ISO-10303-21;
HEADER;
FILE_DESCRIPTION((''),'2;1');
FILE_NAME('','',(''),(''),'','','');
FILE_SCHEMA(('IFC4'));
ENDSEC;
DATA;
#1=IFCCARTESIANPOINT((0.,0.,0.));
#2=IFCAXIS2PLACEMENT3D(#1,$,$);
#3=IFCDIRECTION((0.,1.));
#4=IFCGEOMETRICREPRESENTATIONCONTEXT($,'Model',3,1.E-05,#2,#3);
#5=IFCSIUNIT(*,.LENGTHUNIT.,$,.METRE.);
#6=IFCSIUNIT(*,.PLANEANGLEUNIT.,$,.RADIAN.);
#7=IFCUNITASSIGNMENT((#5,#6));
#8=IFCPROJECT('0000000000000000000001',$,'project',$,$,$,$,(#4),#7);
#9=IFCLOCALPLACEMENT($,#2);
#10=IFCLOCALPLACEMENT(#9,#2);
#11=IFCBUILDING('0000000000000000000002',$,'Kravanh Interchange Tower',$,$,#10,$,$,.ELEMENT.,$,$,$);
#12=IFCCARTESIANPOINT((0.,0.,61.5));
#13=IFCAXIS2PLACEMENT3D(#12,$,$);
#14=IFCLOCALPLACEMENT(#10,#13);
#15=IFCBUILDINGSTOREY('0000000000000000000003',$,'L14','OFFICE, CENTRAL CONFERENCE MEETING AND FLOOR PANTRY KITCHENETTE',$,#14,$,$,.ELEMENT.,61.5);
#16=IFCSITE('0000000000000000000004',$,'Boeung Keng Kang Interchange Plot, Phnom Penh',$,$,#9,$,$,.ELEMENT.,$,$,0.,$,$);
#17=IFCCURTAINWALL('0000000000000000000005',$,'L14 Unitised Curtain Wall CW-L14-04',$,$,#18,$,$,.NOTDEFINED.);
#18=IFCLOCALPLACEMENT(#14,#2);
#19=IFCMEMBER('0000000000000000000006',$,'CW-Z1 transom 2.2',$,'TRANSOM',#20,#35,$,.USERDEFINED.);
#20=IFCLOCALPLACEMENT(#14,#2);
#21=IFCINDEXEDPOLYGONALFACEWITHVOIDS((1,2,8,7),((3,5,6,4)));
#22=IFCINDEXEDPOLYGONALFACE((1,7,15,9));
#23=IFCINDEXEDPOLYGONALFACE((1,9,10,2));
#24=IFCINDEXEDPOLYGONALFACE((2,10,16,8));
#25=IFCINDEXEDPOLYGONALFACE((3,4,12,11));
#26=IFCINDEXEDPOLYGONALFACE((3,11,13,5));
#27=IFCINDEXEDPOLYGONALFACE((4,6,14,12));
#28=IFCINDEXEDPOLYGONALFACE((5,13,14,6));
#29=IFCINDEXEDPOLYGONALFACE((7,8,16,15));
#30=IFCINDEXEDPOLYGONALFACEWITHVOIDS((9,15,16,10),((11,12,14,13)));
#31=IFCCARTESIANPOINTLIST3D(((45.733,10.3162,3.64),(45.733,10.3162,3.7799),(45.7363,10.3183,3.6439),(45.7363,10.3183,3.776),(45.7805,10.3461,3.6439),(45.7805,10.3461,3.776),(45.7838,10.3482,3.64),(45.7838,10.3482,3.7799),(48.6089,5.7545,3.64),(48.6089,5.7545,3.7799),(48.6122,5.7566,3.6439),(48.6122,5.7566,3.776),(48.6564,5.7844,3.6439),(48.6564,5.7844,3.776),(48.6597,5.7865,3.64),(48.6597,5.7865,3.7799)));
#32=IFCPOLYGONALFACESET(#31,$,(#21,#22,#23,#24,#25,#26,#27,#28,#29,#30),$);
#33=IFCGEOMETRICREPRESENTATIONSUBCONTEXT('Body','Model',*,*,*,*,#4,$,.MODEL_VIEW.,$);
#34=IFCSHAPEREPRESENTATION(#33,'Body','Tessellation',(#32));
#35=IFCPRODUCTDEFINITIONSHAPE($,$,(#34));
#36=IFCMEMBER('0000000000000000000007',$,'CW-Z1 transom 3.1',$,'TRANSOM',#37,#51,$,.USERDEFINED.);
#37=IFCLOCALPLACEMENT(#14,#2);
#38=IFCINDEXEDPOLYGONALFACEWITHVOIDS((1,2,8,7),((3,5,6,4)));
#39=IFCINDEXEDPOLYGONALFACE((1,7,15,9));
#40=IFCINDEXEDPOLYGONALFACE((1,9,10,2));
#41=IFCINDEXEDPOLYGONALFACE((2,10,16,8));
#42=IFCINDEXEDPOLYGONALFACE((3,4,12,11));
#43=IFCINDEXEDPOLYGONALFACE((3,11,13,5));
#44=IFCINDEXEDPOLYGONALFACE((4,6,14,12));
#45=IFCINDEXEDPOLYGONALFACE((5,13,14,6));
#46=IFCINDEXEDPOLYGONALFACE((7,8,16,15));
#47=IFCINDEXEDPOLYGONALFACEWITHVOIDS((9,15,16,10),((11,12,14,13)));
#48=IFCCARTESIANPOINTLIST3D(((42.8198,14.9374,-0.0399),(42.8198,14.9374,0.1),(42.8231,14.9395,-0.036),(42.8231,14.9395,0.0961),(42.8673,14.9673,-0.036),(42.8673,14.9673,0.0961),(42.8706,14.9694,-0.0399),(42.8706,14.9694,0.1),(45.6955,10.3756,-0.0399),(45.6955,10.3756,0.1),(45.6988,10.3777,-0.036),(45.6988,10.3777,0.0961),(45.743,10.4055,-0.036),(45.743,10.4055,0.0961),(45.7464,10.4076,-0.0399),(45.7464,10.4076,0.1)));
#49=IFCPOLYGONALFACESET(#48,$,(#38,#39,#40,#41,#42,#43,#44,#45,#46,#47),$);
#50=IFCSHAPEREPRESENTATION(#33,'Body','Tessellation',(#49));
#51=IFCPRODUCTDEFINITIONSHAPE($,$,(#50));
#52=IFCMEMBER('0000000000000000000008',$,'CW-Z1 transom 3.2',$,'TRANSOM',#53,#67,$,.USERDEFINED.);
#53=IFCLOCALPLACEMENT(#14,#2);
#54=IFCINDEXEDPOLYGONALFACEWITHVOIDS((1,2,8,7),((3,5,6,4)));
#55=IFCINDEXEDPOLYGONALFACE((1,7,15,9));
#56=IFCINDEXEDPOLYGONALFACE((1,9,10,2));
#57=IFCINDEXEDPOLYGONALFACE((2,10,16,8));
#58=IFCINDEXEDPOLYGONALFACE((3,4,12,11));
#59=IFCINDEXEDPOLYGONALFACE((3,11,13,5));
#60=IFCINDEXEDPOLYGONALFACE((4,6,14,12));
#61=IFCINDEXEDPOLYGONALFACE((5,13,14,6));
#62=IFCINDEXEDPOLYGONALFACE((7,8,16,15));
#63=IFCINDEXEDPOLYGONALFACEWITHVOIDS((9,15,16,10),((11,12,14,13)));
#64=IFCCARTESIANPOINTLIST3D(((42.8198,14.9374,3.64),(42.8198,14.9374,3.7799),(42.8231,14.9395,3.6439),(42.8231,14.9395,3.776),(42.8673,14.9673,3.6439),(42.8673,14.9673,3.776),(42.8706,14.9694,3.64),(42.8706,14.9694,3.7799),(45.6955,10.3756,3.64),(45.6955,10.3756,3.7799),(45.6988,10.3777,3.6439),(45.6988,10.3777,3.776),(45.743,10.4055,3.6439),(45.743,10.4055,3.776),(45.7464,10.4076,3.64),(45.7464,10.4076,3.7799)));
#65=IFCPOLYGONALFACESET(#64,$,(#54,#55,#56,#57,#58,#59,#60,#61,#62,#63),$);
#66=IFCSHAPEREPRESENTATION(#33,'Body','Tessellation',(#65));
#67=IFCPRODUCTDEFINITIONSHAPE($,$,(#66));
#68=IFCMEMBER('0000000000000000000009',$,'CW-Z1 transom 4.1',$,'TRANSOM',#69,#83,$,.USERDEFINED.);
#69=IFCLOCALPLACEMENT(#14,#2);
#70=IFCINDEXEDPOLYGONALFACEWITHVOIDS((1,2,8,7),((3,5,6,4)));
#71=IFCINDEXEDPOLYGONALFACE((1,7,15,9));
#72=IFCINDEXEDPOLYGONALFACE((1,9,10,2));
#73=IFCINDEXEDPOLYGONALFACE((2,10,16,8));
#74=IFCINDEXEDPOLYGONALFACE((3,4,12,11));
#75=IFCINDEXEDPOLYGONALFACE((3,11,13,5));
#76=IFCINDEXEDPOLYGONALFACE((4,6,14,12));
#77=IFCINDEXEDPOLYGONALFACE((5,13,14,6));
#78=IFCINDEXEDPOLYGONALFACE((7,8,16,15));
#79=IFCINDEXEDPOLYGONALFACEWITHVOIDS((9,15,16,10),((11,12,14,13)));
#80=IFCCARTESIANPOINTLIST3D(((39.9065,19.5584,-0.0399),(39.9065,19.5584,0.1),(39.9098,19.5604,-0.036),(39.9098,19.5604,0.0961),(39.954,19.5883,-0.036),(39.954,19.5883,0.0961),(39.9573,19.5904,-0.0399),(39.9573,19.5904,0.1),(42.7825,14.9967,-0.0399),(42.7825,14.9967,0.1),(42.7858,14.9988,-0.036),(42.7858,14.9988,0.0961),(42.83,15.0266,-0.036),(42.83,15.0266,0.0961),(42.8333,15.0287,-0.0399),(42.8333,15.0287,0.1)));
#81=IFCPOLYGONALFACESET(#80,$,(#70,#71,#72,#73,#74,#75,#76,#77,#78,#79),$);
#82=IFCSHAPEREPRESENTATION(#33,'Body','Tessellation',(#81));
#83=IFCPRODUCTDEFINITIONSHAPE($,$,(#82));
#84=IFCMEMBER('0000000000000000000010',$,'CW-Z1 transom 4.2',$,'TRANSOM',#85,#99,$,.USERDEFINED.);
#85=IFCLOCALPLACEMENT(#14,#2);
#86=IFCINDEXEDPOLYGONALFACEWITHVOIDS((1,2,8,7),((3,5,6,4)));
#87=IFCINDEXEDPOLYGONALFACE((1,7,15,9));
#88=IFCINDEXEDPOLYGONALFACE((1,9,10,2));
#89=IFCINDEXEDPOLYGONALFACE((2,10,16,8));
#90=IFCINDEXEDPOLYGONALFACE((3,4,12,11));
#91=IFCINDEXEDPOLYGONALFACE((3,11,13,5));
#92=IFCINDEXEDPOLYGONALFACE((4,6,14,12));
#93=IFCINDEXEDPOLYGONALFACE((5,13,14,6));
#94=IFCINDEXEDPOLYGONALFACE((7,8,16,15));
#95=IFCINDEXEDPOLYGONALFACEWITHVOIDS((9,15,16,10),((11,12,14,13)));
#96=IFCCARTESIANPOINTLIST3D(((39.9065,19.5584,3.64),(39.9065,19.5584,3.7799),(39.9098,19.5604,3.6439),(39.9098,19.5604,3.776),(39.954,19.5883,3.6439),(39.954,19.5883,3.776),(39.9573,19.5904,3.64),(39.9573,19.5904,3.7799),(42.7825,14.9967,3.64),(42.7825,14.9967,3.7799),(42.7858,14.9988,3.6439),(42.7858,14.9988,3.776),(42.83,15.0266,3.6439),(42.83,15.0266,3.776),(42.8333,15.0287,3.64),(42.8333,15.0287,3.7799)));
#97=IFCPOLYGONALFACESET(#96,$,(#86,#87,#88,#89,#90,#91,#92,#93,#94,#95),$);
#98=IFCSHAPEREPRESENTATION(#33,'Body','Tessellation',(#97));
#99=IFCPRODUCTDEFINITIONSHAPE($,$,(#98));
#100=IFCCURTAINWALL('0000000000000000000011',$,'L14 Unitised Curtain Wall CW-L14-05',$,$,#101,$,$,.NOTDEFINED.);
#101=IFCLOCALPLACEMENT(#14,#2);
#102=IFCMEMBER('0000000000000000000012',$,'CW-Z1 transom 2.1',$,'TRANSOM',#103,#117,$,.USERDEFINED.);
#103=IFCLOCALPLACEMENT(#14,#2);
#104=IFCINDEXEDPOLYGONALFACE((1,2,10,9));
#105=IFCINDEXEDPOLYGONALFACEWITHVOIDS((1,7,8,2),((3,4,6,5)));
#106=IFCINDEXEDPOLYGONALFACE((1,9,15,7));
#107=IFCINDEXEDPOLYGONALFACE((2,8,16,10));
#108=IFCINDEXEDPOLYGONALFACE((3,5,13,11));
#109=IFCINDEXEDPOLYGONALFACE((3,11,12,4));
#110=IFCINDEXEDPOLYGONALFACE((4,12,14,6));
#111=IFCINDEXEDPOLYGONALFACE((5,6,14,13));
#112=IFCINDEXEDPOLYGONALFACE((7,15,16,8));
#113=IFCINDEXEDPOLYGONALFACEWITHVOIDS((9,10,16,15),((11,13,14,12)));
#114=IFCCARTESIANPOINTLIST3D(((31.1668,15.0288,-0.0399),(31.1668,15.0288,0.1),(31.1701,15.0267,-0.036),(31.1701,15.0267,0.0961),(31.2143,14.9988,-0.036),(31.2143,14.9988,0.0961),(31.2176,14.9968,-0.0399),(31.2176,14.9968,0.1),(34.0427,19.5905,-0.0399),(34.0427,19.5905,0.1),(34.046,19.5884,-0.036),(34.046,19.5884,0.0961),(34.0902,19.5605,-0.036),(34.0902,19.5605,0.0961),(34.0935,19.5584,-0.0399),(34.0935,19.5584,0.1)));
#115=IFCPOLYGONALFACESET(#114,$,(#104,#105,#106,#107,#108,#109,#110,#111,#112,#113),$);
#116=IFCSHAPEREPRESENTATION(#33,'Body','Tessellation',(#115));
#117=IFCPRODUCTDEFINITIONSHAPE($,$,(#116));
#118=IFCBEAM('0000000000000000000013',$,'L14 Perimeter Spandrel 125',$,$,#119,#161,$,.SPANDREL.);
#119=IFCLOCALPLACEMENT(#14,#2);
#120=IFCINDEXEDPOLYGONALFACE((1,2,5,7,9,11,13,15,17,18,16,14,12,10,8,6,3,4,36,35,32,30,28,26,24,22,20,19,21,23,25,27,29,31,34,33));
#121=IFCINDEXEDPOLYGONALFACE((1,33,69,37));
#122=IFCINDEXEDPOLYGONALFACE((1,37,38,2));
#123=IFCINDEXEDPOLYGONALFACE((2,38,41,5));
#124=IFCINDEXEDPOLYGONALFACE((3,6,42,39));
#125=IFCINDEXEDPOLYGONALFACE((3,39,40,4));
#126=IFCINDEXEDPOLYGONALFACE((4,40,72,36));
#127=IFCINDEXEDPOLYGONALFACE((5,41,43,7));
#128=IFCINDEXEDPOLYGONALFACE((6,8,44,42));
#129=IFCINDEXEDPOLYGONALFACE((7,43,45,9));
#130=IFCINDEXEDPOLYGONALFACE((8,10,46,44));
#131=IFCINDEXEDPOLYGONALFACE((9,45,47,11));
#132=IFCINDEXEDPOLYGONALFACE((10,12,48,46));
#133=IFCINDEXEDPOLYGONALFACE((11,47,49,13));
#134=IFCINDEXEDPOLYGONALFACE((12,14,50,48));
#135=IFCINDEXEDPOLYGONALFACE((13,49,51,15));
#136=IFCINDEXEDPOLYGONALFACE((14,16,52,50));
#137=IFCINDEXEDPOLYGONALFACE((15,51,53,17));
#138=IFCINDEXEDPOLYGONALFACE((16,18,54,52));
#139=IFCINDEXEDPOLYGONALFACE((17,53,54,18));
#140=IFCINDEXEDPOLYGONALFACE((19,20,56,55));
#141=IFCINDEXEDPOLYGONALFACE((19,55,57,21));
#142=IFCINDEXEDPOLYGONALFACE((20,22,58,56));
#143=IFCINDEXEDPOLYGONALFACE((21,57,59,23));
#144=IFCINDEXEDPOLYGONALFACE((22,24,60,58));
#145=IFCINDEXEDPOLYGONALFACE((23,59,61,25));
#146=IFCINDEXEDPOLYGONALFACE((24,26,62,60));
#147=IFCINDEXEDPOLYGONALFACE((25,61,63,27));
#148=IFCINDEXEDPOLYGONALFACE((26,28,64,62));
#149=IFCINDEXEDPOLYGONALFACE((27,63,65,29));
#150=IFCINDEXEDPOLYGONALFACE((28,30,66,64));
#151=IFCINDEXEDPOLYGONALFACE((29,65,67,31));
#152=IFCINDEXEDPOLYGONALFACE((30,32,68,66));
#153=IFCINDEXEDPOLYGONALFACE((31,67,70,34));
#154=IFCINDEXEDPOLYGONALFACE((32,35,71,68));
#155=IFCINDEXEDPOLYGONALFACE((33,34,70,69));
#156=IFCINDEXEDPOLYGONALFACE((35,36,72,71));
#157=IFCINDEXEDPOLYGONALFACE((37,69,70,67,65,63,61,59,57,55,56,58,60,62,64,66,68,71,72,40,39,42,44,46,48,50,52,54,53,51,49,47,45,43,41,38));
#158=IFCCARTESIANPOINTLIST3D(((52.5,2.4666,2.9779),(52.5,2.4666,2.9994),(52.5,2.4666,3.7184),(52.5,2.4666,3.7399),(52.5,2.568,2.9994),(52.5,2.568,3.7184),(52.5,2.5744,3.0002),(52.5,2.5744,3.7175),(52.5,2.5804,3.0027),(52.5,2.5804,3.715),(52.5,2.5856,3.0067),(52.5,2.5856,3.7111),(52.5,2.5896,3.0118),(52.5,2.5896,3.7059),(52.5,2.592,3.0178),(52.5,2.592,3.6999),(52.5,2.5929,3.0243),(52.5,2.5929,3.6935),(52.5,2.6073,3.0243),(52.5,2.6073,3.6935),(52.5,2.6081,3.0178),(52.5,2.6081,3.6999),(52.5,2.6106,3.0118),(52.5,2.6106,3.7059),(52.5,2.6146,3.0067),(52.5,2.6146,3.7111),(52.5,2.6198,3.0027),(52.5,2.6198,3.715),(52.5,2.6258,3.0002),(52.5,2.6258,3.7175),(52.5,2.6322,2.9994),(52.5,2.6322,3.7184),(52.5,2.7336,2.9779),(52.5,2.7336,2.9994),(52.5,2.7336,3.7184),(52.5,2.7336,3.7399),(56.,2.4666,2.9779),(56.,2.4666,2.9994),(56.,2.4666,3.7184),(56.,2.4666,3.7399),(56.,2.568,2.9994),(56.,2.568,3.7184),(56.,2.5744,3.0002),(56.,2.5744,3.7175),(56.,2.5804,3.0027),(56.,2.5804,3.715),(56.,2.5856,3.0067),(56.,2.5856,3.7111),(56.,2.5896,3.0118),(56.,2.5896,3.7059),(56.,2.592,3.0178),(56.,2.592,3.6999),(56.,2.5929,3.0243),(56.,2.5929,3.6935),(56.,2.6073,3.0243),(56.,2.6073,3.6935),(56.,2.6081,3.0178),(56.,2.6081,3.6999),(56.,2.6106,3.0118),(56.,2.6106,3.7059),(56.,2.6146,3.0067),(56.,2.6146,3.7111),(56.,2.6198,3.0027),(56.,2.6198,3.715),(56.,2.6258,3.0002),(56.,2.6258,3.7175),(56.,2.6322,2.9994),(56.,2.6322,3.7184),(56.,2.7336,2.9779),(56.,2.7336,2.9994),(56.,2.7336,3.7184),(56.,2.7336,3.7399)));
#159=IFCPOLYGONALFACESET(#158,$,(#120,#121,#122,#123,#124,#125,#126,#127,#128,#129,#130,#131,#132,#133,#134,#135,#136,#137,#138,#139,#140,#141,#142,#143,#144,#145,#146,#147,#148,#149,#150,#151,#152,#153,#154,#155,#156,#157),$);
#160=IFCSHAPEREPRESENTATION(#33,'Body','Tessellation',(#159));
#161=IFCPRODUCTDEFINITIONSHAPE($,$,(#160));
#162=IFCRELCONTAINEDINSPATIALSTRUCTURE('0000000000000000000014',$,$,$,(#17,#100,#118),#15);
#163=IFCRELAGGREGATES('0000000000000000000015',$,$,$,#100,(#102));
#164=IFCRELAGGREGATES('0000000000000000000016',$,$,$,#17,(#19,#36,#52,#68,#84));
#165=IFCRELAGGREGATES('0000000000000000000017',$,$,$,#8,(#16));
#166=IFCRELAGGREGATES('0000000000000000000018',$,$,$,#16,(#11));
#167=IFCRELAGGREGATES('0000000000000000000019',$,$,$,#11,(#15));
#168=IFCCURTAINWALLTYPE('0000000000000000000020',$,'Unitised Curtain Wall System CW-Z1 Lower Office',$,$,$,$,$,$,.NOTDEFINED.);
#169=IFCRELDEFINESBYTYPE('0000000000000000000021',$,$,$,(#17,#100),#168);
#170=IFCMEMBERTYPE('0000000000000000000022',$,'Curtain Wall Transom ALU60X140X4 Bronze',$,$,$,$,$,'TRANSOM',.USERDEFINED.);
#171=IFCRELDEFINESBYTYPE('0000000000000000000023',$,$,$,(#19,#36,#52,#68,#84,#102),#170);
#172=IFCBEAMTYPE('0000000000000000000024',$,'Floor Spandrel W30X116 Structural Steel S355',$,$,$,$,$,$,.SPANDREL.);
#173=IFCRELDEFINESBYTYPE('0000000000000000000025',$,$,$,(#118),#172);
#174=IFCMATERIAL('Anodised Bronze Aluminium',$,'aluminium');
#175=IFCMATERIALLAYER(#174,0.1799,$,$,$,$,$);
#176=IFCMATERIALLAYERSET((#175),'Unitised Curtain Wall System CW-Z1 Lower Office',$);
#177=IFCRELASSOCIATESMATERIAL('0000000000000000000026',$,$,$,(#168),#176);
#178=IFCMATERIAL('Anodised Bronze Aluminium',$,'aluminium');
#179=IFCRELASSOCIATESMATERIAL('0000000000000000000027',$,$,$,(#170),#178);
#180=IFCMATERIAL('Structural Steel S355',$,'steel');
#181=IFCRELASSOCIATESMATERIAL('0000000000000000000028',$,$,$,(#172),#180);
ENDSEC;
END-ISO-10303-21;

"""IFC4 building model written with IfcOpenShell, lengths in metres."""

from ifc_helpers import new_model, si_unit, direction, frame, origin, origin_2d, place, context, subcontext, project, spatial, hollow_rectangle, i_section, extrude, material, layer, layer_set, material_profile, profile_set, type_object, element, aggregate, save


model = new_model("IFC4")

# Units and contexts
model_context = context("Model", 3, precision=1e-05, world=origin(), true_north=direction((0.0, 1.0)))
body_context = subcontext(model_context, "Body", "Model", "MODEL_VIEW")
ifc_project = project(units=[si_unit("LENGTHUNIT", "METRE"), si_unit("PLANEANGLEUNIT", "RADIAN")], contexts=[model_context])

# Site, building, storey
site_placement = place(None, origin())
site = spatial("IfcSite", under=ifc_project, at=site_placement, Name="Boeung Keng Kang Interchange Plot, Phnom Penh", CompositionType="ELEMENT", RefElevation=0.0)
building_placement = place(site_placement, origin())
building = spatial("IfcBuilding", under=site, at=building_placement, Name="Kravanh Interchange Tower", CompositionType="ELEMENT")
storey_placement = place(building_placement, frame((0.0, 0.0, 61.5)))
storey = spatial("IfcBuildingStorey", under=building, at=storey_placement, Name="L14", Description="OFFICE, CENTRAL CONFERENCE MEETING AND FLOOR PANTRY KITCHENETTE", CompositionType="ELEMENT", Elevation=61.5)

# Shared definitions
ifc_material_1 = material(Name="Anodised Bronze Aluminium", Category="aluminium")
ifc_layer_1 = layer(ifc_material_1, 0.1799)
ifc_layer_set_1 = layer_set([ifc_layer_1], Name="Unitised Curtain Wall System CW-Z1 Lower Office")
curtain_wall_type = type_object("IfcCurtainWallType", Name="Unitised Curtain Wall System CW-Z1 Lower Office", PredefinedType="NOTDEFINED", material=ifc_layer_set_1)

# Curtain wall, members
curtain_wall_1_placement = place(storey_placement, origin())
curtain_wall_1 = element("IfcCurtainWall", 1, at=curtain_wall_1_placement, inside=storey, type_object=curtain_wall_type, Name="L14 Unitised Curtain Wall CW-L14-04", PredefinedType="NOTDEFINED")
ifc_material_2 = material(Name="Anodised Bronze Aluminium", Category="aluminium")
ifc_material_profile_1 = material_profile(ifc_material_2, hollow_rectangle(XDim=0.0601, YDim=0.1399, WallThickness=0.0039, at=origin_2d()), Name="ALU60X140X4")
ifc_profile_set_1 = profile_set([ifc_material_profile_1], Name="Anodised Bronze Aluminium")
member_type_1 = type_object("IfcMemberType", Name="Curtain Wall Transom ALU60X140X4 Bronze", ElementType="TRANSOM", PredefinedType="USERDEFINED", material=ifc_profile_set_1)
member_1_placement = place(storey_placement, frame((48.6343, 5.7705, 3.71), z_axis=(-0.533311, 0.845919, 0.0), x_axis=(-0.845919, -0.533311, 0.0)))
member_1 = element("IfcMember", 2, at=member_1_placement, type_object=member_type_1, Name="CW-Z1 transom 2.2", ObjectType="TRANSOM", PredefinedType="USERDEFINED", context=body_context, shape_type="SweptSolid", body=[
    extrude(hollow_rectangle(XDim=0.0601, YDim=0.1399, WallThickness=0.0039, at=origin_2d()), origin(), (0.0, 0.0, 1.0), 5.3926),
])
member_2_placement = place(storey_placement, frame((45.7209, 10.3916, 0.03), z_axis=(-0.533279, 0.845939, 0.0), x_axis=(-0.845939, -0.533279, 0.0)))
member_2 = element("IfcMember", 3, at=member_2_placement, type_object=member_type_1, Name="CW-Z1 transom 3.1", ObjectType="TRANSOM", PredefinedType="USERDEFINED", context=body_context, shape_type="SweptSolid", body=[
    extrude(hollow_rectangle(XDim=0.0601, YDim=0.1399, WallThickness=0.0039, at=origin_2d()), origin(), (0.0, 0.0, 1.0), 5.3926),
])
member_3_placement = place(storey_placement, frame((45.7209, 10.3916, 3.71), z_axis=(-0.533279, 0.845939, 0.0), x_axis=(-0.845939, -0.533279, 0.0)))
member_3 = element("IfcMember", 4, at=member_3_placement, type_object=member_type_1, Name="CW-Z1 transom 3.2", ObjectType="TRANSOM", PredefinedType="USERDEFINED", context=body_context, shape_type="SweptSolid", body=[
    extrude(hollow_rectangle(XDim=0.0601, YDim=0.1399, WallThickness=0.0039, at=origin_2d()), origin(), (0.0, 0.0, 1.0), 5.3926),
])
member_4_placement = place(storey_placement, frame((42.8079, 15.0127, 0.03), z_axis=(-0.533311, 0.845919, 0.0), x_axis=(-0.845919, -0.533311, 0.0)))
member_4 = element("IfcMember", 5, at=member_4_placement, type_object=member_type_1, Name="CW-Z1 transom 4.1", ObjectType="TRANSOM", PredefinedType="USERDEFINED", context=body_context, shape_type="SweptSolid", body=[
    extrude(hollow_rectangle(XDim=0.0601, YDim=0.1399, WallThickness=0.0039, at=origin_2d()), origin(), (0.0, 0.0, 1.0), 5.3926),
])
member_5_placement = place(storey_placement, frame((42.8079, 15.0127, 3.71), z_axis=(-0.533311, 0.845919, 0.0), x_axis=(-0.845919, -0.533311, 0.0)))
member_5 = element("IfcMember", 6, at=member_5_placement, type_object=member_type_1, Name="CW-Z1 transom 4.2", ObjectType="TRANSOM", PredefinedType="USERDEFINED", context=body_context, shape_type="SweptSolid", body=[
    extrude(hollow_rectangle(XDim=0.0601, YDim=0.1399, WallThickness=0.0039, at=origin_2d()), origin(), (0.0, 0.0, 1.0), 5.3926),
])

# Curtain wall, member
curtain_wall_2_placement = place(storey_placement, origin())
curtain_wall_2 = element("IfcCurtainWall", 7, at=curtain_wall_2_placement, inside=storey, type_object=curtain_wall_type, Name="L14 Unitised Curtain Wall CW-L14-05", PredefinedType="NOTDEFINED")
member_6_placement = place(storey_placement, frame((34.0681, 19.5745, 0.03), z_axis=(-0.533311, -0.845919, 0.0), x_axis=(0.845919, -0.533311, 0.0)))
member_6 = element("IfcMember", 8, at=member_6_placement, type_object=member_type_1, Name="CW-Z1 transom 2.1", ObjectType="TRANSOM", PredefinedType="USERDEFINED", context=body_context, shape_type="SweptSolid", body=[
    extrude(hollow_rectangle(XDim=0.0601, YDim=0.1399, WallThickness=0.0039, at=origin_2d()), origin(), (0.0, 0.0, 1.0), 5.3926),
])
aggregate(curtain_wall_2, [member_6])

# Beam
ifc_material_3 = material(Name="Structural Steel S355", Category="steel")
ifc_material_profile_2 = material_profile(ifc_material_3, i_section(OverallWidth=0.2671, OverallDepth=0.762, WebThickness=0.0144, FlangeThickness=0.0215, FilletRadius=0.0249, at=origin_2d()), Name="W30X116")
ifc_profile_set_2 = profile_set([ifc_material_profile_2], Name="Structural Steel S355")
beam_type = type_object("IfcBeamType", Name="Floor Spandrel W30X116 Structural Steel S355", PredefinedType="SPANDREL", material=ifc_profile_set_2)
beam_1_placement = place(storey_placement, frame((52.5, 2.6001, 3.3589), z_axis=(1.0, 0.0, 0.0), x_axis=(0.0, 1.0, 0.0)))
element("IfcBeam", 9, at=beam_1_placement, inside=storey, type_object=beam_type, Name="L14 Perimeter Spandrel 125", PredefinedType="SPANDREL", context=body_context, shape_type="SweptSolid", body=[
    extrude(i_section(OverallWidth=0.2671, OverallDepth=0.762, WebThickness=0.0144, FlangeThickness=0.0215, FilletRadius=0.0249, at=origin_2d()), origin(), (0.0, 0.0, 1.0), 3.5),
])

aggregate(curtain_wall_1, [member_1, member_2, member_3, member_4, member_5])

save(model, "model.ifc")
